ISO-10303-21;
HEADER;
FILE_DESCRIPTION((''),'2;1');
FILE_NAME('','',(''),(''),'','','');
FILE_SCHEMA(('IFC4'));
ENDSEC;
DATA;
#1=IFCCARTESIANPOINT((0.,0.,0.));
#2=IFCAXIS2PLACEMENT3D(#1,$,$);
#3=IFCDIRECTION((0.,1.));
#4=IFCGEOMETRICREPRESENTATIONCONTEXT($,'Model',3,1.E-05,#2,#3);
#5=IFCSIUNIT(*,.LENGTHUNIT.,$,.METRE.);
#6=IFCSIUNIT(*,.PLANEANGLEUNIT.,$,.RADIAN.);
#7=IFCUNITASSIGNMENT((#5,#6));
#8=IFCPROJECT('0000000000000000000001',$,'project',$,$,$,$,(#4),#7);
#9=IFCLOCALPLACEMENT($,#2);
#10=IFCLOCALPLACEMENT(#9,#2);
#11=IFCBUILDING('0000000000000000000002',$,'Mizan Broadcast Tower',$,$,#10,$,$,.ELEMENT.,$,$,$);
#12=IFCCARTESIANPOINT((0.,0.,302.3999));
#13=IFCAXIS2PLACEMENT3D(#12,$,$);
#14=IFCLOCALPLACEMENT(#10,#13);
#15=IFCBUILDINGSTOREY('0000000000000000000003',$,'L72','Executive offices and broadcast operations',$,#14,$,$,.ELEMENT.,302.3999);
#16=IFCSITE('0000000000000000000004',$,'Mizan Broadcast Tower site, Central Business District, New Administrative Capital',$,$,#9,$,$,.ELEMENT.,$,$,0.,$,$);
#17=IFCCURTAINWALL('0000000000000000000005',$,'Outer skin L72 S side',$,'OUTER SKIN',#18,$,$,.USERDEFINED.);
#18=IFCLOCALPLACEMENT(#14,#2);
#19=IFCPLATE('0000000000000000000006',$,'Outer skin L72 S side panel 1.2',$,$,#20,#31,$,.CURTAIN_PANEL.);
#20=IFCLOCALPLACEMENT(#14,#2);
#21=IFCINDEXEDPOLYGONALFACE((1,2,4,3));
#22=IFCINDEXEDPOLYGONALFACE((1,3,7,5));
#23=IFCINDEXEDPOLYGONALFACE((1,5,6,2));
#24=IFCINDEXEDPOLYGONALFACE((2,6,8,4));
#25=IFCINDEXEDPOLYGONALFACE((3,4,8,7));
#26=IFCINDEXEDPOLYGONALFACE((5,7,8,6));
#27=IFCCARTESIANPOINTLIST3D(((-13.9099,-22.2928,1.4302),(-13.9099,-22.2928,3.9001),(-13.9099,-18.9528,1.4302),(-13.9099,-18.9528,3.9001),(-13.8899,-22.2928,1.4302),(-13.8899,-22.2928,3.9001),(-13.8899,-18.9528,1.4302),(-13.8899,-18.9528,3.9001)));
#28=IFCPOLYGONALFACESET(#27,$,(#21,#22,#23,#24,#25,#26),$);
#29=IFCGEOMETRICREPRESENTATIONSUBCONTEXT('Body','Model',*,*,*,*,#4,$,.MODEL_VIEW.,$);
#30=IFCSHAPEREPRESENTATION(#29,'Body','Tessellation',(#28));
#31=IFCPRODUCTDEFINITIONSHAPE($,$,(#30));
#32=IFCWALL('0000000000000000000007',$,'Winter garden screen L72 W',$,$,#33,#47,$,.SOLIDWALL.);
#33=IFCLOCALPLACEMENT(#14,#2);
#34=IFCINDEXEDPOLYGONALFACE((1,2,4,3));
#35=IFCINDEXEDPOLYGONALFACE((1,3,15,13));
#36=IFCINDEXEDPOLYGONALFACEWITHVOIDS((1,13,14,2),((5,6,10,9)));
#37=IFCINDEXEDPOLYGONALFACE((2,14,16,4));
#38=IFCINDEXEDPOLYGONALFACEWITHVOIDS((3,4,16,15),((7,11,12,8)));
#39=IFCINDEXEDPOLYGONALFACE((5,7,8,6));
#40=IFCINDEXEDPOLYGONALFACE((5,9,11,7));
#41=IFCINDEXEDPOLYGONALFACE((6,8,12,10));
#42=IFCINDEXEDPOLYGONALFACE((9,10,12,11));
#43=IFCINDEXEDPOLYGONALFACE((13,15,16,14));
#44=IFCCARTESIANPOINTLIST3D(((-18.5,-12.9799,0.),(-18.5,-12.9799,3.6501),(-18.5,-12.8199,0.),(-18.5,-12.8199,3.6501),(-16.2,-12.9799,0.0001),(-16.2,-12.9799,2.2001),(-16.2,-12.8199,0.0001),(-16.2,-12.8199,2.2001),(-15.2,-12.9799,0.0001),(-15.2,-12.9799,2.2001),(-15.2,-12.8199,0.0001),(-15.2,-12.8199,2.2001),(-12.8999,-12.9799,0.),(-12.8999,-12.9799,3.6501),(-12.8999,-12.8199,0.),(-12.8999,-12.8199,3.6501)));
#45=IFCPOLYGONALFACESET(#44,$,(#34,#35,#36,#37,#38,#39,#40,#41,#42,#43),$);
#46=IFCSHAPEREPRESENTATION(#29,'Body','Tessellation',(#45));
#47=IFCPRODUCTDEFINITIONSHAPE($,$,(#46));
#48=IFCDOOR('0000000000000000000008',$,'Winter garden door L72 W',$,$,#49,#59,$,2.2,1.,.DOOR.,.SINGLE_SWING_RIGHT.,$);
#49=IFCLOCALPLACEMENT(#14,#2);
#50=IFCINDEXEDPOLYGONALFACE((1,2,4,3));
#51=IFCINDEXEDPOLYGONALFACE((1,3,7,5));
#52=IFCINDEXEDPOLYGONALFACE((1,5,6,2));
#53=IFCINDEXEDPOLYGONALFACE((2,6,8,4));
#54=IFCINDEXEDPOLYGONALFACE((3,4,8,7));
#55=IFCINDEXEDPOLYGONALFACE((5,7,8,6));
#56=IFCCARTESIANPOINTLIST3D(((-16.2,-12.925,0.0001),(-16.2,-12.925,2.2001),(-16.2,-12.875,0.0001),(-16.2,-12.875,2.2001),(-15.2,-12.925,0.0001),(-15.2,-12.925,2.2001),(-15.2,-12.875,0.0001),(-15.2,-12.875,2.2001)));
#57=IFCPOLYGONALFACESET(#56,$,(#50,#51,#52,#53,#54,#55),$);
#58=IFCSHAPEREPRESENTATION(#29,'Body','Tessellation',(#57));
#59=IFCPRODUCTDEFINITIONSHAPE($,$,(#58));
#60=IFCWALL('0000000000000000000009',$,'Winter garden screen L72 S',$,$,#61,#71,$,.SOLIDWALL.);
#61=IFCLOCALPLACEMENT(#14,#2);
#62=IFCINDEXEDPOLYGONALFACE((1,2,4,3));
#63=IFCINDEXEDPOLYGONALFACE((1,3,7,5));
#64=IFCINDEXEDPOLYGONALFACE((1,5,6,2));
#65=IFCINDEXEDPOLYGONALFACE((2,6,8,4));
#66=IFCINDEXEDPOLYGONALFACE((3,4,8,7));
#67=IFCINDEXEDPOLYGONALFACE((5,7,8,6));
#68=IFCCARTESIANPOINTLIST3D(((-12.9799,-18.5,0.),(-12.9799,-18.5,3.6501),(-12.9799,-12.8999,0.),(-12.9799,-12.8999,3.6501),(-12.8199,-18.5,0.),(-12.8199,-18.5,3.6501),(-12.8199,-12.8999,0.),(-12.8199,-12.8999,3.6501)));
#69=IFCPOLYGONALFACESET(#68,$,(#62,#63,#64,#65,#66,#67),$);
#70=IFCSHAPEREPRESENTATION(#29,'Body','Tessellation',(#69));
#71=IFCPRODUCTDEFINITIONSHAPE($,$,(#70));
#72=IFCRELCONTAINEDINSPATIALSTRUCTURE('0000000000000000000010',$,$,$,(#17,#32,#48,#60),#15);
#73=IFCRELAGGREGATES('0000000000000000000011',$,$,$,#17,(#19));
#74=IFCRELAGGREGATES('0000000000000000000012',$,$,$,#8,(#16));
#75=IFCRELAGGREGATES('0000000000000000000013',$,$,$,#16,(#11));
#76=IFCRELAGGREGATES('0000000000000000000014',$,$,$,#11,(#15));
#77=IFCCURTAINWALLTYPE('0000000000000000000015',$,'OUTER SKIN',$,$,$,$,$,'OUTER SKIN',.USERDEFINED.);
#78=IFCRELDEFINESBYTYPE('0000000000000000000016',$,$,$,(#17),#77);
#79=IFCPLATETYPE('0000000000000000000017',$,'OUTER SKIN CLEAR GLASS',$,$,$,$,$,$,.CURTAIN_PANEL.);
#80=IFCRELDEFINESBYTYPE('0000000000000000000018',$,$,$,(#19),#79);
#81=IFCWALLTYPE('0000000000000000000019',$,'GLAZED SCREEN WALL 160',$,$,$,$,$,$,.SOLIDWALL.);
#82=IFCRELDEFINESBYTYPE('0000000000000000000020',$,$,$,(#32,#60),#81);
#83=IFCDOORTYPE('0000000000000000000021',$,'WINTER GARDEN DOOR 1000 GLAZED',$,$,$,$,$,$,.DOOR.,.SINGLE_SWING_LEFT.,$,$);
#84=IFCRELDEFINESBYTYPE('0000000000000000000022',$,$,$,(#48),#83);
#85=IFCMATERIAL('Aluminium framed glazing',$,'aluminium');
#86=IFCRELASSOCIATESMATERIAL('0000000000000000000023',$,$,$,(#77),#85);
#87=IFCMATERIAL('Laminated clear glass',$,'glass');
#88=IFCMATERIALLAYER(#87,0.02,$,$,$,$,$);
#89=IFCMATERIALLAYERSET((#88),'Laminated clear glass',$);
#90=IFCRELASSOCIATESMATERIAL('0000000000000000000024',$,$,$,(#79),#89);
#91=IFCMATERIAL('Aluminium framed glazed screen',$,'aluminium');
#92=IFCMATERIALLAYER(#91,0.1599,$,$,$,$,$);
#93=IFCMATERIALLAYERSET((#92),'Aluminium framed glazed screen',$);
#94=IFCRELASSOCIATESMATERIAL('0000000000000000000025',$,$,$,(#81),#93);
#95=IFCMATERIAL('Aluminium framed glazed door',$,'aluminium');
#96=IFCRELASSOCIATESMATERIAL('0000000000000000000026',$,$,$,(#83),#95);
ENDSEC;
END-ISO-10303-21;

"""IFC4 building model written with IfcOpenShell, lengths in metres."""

from ifc_helpers import new_model, si_unit, direction, frame, frame_2d, origin, origin_2d, place, context, subcontext, project, spatial, rectangle, extrude, material, layer, layer_set, type_object, element, fill, aggregate, save


model = new_model("IFC4")

# Units and contexts
model_context = context("Model", 3, precision=1e-05, world=origin(), true_north=direction((0.0, 1.0)))
body_context = subcontext(model_context, "Body", "Model", "MODEL_VIEW")
ifc_project = project(units=[si_unit("LENGTHUNIT", "METRE"), si_unit("PLANEANGLEUNIT", "RADIAN")], contexts=[model_context])

# Site, building, storey
site_placement = place(None, origin())
site = spatial("IfcSite", under=ifc_project, at=site_placement, Name="Mizan Broadcast Tower site, Central Business District, New Administrative Capital", CompositionType="ELEMENT", RefElevation=0.0)
building_placement = place(site_placement, origin())
building = spatial("IfcBuilding", under=site, at=building_placement, Name="Mizan Broadcast Tower", CompositionType="ELEMENT")
storey_placement = place(building_placement, frame((0.0, 0.0, 302.3999)))
storey = spatial("IfcBuildingStorey", under=building, at=storey_placement, Name="L72", Description="Executive offices and broadcast operations", CompositionType="ELEMENT", Elevation=302.3999)

# Curtain wall
ifc_material_1 = material(Name="Aluminium framed glazing", Category="aluminium")
curtain_wall_type_1 = type_object("IfcCurtainWallType", Name="OUTER SKIN", ElementType="OUTER SKIN", PredefinedType="USERDEFINED", material=ifc_material_1)
curtain_wall_1_placement = place(storey_placement, origin())
curtain_wall_1 = element("IfcCurtainWall", 1, at=curtain_wall_1_placement, inside=storey, type_object=curtain_wall_type_1, Name="Outer skin L72 S side", ObjectType="OUTER SKIN", PredefinedType="USERDEFINED")

# Plate
ifc_material_2 = material(Name="Laminated clear glass", Category="glass")
ifc_layer_1 = layer(ifc_material_2, 0.02)
ifc_layer_set_1 = layer_set([ifc_layer_1], Name="Laminated clear glass")
plate_type_1 = type_object("IfcPlateType", Name="OUTER SKIN CLEAR GLASS", PredefinedType="CURTAIN_PANEL", material=ifc_layer_set_1)
plate_1_placement = place(storey_placement, frame((-13.8999, -20.6228, 1.4302), z_axis=(0.0, 0.0, 1.0), x_axis=(0.0, -1.0, 0.0)))
plate_1 = element("IfcPlate", 2, at=plate_1_placement, type_object=plate_type_1, Name="Outer skin L72 S side panel 1.2", PredefinedType="CURTAIN_PANEL", context=body_context, shape_type="SweptSolid", body=[
    extrude(rectangle(XDim=3.3401, YDim=0.02, at=origin_2d()), origin(), (0.0, 0.0, 1.0), 2.47),
])
aggregate(curtain_wall_1, [plate_1])

# Wall, opening, door
ifc_material_3 = material(Name="Aluminium framed glazed screen", Category="aluminium")
ifc_layer_2 = layer(ifc_material_3, 0.1599)
ifc_layer_set_2 = layer_set([ifc_layer_2], Name="Aluminium framed glazed screen")
wall_type = type_object("IfcWallType", Name="GLAZED SCREEN WALL 160", PredefinedType="SOLIDWALL", material=ifc_layer_set_2)
wall_1_placement = place(storey_placement, frame((-18.5, -12.8999, 0.0), z_axis=(0.0, 0.0, 1.0), x_axis=(1.0, 0.0, 0.0)))
wall_1 = element("IfcWall", 3, at=wall_1_placement, inside=storey, type_object=wall_type, Name="Winter garden screen L72 W", PredefinedType="SOLIDWALL", context=body_context, shape_type="SweptSolid", body=[
    extrude(rectangle(XDim=5.6001, YDim=0.1599, at=frame_2d((2.8, 0.0))), origin(), (0.0, 0.0, 1.0), 3.6501),
])
opening_placement = place(wall_1_placement, frame((2.3, 0.0, 0.0)))
opening = element("IfcOpeningElement", 4, at=opening_placement, cuts=wall_1, PredefinedType="OPENING", context=body_context, shape_type="SweptSolid", body=[
    extrude(rectangle(XDim=1.0, YDim=2.2, at=frame_2d((0.5, 1.1001))), frame((0.0, 0.0898, 0.0), z_axis=(0.0, -1.0, 0.0), x_axis=(1.0, 0.0, 0.0)), (0.0, 0.0, 1.0), 0.1799),
])
ifc_material_4 = material(Name="Aluminium framed glazed door", Category="aluminium")
door_type = type_object("IfcDoorType", Name="WINTER GARDEN DOOR 1000 GLAZED", OperationType="SINGLE_SWING_LEFT", PredefinedType="DOOR", material=ifc_material_4)
door_placement = place(opening_placement, origin())
door = element("IfcDoor", 5, at=door_placement, inside=storey, type_object=door_type, Name="Winter garden door L72 W", OperationType="SINGLE_SWING_RIGHT", OverallHeight=2.2, OverallWidth=1.0, PredefinedType="DOOR", context=body_context, shape_type="SweptSolid", body=[
    extrude(rectangle(XDim=1.0, YDim=2.2, at=frame_2d((0.5, 1.1001))), frame((0.0, 0.0249, 0.0), z_axis=(0.0, -1.0, 0.0), x_axis=(1.0, 0.0, 0.0)), (0.0, 0.0, 1.0), 0.05),
])
fill(opening, door)

# Wall
wall_2_placement = place(storey_placement, frame((-12.8999, -12.8999, 0.0), z_axis=(0.0, 0.0, 1.0), x_axis=(0.0, -1.0, 0.0)))
element("IfcWall", 6, at=wall_2_placement, inside=storey, type_object=wall_type, Name="Winter garden screen L72 S", PredefinedType="SOLIDWALL", context=body_context, shape_type="SweptSolid", body=[
    extrude(rectangle(XDim=5.6001, YDim=0.1599, at=frame_2d((2.8, 0.0))), origin(), (0.0, 0.0, 1.0), 3.6501),
])

save(model, "model.ifc")
